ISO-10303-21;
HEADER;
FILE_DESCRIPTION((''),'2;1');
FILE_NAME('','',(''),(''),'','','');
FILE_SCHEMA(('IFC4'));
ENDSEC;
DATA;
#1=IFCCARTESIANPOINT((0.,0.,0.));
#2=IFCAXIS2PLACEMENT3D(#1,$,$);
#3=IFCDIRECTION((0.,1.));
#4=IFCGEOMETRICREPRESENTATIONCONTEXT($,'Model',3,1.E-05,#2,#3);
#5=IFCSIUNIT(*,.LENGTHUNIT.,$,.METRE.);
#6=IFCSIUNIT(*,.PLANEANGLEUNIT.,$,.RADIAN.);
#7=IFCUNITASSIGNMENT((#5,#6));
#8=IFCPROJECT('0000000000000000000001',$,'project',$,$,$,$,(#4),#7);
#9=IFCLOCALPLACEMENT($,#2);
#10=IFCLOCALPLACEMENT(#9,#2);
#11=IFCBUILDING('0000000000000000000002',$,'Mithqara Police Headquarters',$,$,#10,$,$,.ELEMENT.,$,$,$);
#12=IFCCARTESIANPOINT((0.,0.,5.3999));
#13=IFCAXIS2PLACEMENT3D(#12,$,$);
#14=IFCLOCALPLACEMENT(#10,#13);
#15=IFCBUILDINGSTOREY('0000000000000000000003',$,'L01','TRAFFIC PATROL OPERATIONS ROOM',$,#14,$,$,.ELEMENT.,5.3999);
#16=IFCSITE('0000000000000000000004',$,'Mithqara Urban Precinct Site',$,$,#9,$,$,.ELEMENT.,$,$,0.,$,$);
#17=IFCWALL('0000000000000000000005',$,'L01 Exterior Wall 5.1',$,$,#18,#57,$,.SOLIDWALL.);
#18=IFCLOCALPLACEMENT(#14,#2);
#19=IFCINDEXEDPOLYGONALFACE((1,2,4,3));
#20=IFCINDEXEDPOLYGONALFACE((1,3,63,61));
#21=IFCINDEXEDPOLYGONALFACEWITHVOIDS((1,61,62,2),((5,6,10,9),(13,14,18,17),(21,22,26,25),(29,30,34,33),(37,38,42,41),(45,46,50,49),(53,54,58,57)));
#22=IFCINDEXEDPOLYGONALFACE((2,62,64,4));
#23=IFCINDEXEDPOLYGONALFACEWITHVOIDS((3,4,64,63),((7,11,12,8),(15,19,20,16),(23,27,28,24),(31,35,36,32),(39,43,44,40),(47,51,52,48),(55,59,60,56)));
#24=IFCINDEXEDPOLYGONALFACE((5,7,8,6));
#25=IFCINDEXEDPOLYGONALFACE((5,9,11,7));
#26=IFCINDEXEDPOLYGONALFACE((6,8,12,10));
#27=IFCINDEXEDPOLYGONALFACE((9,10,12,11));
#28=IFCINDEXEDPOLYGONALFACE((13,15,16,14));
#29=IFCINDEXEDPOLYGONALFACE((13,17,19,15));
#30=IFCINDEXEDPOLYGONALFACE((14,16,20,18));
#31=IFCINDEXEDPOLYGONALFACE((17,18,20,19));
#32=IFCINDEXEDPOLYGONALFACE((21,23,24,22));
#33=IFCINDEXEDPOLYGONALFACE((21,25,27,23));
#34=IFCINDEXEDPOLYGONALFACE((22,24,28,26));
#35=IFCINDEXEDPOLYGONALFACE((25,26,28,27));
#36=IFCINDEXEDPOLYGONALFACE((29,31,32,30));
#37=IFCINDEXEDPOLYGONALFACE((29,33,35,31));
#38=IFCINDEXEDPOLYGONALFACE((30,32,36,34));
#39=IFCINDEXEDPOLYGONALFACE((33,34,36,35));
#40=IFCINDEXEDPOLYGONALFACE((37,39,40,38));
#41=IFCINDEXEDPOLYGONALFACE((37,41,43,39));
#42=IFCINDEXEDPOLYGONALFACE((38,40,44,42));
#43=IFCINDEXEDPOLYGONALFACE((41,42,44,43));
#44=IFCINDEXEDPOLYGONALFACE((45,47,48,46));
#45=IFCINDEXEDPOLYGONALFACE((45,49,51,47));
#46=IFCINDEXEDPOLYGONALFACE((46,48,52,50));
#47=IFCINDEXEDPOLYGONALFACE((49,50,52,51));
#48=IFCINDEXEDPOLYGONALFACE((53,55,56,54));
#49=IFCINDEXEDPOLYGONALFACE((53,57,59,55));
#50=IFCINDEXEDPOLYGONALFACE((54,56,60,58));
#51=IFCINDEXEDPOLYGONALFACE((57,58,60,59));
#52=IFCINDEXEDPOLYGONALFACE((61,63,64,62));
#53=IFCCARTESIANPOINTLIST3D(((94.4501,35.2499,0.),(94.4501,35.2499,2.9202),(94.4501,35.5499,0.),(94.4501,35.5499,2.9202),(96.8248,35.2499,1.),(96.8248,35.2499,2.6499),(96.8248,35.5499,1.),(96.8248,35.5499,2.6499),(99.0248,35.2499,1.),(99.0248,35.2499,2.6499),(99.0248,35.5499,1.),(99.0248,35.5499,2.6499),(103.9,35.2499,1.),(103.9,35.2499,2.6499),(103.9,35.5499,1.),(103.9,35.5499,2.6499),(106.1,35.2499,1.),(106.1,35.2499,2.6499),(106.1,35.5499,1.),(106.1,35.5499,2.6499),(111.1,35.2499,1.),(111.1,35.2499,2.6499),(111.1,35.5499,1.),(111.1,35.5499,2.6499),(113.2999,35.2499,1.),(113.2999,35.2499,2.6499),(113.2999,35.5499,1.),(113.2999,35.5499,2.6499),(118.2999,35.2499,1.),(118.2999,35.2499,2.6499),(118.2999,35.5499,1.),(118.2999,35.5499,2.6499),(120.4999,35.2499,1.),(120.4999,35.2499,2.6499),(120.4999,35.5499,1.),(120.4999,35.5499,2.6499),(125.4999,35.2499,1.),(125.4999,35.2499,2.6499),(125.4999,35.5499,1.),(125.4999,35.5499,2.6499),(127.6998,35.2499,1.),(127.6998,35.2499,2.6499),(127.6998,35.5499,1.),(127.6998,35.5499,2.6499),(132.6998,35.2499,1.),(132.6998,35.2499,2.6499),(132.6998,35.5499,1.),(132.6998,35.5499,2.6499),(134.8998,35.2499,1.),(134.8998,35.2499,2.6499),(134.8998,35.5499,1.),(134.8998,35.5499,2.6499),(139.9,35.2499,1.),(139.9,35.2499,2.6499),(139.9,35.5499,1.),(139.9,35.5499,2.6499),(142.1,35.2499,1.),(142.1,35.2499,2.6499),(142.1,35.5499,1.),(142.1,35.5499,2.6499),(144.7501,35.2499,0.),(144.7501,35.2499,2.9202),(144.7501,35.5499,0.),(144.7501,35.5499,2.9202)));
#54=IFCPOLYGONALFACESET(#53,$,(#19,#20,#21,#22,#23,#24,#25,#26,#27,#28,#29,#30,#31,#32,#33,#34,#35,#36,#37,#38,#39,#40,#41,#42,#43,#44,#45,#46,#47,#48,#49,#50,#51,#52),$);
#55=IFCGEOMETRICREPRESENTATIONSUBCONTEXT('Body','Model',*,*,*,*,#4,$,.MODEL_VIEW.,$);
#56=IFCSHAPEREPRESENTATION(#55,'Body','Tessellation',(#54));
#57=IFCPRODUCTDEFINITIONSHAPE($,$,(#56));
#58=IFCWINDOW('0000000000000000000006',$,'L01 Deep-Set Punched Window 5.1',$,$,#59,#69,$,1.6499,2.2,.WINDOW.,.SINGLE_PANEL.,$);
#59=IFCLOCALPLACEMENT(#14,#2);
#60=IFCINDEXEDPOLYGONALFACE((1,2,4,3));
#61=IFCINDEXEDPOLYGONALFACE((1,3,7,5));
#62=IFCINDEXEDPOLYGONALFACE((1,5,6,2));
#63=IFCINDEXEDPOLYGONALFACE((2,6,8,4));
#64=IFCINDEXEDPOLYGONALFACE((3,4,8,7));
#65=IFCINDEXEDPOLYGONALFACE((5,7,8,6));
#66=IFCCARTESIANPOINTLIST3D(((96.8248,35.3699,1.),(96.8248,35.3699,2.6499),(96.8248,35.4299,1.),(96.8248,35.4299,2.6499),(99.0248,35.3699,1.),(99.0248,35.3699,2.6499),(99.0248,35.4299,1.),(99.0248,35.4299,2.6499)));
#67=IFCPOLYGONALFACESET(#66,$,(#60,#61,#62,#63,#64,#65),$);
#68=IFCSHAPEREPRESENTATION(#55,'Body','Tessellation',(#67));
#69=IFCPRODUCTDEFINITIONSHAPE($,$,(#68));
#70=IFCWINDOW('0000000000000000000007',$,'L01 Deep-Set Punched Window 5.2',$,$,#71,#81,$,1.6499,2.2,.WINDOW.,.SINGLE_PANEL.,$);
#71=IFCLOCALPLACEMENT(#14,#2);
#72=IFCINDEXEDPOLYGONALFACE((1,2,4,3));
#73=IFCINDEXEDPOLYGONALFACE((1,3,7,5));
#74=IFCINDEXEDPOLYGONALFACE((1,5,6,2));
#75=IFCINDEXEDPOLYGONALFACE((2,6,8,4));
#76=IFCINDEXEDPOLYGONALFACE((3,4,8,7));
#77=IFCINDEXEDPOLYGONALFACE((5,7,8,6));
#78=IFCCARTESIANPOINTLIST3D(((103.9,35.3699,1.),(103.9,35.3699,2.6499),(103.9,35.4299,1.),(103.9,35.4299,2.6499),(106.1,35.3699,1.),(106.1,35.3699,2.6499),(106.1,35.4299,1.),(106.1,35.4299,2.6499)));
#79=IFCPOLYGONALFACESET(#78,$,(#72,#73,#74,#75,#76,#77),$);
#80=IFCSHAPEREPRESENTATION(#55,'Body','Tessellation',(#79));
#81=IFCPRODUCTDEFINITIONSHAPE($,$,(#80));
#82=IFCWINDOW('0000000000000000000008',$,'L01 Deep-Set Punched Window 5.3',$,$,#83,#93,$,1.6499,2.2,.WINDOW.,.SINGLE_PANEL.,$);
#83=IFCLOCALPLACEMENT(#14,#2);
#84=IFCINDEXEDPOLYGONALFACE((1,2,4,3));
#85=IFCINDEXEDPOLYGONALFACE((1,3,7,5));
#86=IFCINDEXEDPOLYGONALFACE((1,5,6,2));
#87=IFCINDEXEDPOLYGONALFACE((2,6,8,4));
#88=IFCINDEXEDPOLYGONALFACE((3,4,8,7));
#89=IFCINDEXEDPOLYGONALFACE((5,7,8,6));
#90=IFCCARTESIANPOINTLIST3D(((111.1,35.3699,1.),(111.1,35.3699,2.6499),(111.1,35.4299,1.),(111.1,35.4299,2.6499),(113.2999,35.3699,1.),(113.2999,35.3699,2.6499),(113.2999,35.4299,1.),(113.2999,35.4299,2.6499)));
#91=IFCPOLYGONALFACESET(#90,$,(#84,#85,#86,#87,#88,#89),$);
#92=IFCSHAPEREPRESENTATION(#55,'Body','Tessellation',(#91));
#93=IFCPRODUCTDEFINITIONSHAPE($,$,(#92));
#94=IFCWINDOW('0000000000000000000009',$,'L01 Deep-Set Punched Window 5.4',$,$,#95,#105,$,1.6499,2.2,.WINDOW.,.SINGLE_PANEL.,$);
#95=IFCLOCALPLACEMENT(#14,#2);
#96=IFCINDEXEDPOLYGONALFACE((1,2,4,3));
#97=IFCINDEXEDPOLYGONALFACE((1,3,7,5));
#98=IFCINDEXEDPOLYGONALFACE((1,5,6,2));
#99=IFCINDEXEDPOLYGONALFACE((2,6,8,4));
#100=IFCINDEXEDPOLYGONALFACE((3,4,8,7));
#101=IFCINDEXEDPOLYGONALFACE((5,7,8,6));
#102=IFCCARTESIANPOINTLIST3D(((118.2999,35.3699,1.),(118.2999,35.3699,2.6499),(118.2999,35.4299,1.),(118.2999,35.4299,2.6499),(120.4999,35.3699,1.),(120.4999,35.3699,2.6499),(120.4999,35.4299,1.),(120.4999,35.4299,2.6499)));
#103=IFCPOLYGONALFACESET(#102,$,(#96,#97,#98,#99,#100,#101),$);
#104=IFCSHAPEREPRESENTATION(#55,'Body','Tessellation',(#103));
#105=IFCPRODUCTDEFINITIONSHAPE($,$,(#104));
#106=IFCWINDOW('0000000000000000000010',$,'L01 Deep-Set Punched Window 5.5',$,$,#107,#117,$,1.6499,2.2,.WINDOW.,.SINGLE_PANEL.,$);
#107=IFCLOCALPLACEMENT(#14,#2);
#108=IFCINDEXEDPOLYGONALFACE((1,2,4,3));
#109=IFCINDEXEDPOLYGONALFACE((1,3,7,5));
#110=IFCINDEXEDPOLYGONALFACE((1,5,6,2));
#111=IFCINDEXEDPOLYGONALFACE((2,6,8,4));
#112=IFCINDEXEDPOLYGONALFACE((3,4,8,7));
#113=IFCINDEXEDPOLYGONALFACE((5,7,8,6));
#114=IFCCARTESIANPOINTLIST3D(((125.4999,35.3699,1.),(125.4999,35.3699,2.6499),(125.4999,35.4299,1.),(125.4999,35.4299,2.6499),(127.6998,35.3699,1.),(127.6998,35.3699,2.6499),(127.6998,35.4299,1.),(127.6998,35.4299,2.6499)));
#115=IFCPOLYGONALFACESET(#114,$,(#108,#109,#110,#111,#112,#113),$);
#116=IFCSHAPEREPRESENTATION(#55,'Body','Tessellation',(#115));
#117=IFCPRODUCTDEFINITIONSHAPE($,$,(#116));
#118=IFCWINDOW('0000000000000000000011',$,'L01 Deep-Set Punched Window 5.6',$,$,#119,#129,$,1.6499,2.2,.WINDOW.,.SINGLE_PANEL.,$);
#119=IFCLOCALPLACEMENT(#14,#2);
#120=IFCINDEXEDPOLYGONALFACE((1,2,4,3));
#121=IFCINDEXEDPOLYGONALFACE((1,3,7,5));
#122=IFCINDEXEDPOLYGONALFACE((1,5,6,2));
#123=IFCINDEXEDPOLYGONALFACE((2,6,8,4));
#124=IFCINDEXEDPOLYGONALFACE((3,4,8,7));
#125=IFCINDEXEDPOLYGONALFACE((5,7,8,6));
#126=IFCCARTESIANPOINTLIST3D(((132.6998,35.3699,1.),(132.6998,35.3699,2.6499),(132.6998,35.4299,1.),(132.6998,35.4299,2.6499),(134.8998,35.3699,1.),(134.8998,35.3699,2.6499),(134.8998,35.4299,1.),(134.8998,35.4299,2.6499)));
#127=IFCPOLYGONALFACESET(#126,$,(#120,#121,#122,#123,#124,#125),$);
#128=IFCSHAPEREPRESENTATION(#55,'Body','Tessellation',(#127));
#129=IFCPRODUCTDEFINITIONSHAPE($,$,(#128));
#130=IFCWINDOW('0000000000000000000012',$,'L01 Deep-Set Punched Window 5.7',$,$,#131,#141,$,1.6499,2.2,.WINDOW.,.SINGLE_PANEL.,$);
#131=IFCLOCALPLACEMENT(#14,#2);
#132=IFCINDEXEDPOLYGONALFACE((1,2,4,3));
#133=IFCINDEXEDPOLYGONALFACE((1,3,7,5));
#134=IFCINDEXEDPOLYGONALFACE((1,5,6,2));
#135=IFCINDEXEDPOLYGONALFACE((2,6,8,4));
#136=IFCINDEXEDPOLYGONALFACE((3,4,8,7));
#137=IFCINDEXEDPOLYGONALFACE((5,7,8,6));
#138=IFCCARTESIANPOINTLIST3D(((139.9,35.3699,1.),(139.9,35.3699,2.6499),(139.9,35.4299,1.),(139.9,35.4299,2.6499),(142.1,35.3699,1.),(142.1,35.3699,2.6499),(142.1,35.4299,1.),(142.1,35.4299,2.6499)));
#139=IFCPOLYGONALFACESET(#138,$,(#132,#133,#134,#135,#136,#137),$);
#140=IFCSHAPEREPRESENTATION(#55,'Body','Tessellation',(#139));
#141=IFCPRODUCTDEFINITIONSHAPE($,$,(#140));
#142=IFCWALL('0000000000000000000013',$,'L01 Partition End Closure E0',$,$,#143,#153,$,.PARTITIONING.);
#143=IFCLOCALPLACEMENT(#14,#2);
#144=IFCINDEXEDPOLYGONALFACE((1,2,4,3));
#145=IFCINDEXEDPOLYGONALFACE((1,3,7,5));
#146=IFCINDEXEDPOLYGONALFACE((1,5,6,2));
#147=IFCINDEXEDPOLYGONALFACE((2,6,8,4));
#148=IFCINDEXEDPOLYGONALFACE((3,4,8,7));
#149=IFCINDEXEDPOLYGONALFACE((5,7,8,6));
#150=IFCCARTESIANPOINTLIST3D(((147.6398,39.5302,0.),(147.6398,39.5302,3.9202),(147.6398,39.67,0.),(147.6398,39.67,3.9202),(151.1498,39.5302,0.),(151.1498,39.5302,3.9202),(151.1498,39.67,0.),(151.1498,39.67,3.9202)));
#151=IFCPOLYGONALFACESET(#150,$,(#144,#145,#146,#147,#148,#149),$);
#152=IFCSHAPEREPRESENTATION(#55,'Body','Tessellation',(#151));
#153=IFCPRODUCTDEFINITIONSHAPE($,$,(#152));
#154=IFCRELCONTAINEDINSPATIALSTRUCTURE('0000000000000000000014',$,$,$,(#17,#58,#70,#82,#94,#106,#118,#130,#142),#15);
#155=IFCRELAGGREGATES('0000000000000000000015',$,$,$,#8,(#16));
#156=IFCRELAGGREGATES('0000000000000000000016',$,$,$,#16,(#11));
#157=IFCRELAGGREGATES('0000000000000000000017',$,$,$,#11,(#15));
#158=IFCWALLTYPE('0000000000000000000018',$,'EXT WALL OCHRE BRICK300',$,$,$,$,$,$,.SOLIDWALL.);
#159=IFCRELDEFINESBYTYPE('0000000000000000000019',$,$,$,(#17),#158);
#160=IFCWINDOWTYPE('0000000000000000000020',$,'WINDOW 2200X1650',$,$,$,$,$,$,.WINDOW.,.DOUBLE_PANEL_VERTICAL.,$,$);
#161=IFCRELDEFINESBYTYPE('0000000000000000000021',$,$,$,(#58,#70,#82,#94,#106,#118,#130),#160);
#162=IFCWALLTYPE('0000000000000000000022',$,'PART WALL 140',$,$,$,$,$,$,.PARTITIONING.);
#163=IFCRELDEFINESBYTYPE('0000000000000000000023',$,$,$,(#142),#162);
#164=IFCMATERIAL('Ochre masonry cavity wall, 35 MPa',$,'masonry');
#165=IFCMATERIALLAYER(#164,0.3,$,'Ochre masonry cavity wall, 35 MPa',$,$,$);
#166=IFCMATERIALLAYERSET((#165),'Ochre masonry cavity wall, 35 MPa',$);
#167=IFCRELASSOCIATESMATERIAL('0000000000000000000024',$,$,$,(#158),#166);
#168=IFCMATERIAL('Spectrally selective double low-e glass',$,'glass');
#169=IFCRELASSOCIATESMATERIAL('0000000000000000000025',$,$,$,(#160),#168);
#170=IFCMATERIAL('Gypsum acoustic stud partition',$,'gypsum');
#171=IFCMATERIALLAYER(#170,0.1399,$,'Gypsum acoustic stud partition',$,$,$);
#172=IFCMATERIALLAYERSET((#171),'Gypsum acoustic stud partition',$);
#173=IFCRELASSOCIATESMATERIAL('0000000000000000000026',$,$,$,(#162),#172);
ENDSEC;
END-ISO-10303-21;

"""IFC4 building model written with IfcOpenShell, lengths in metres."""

from ifc_helpers import new_model, si_unit, direction, frame, frame_2d, origin, place, context, subcontext, project, spatial, rectangle, extrude, material, layer, layer_set, type_object, element, fill, save


model = new_model("IFC4")

# Units and contexts
model_context = context("Model", 3, precision=1e-05, world=origin(), true_north=direction((0.0, 1.0)))
body_context = subcontext(model_context, "Body", "Model", "MODEL_VIEW")
ifc_project = project(units=[si_unit("LENGTHUNIT", "METRE"), si_unit("PLANEANGLEUNIT", "RADIAN")], contexts=[model_context])

# Site, building, storey
site_placement = place(None, origin())
site = spatial("IfcSite", under=ifc_project, at=site_placement, Name="Mithqara Urban Precinct Site", CompositionType="ELEMENT", RefElevation=0.0)
building_placement = place(site_placement, origin())
building = spatial("IfcBuilding", under=site, at=building_placement, Name="Mithqara Police Headquarters", CompositionType="ELEMENT")
storey_placement = place(building_placement, frame((0.0, 0.0, 5.3999)))
storey = spatial("IfcBuildingStorey", under=building, at=storey_placement, Name="L01", Description="TRAFFIC PATROL OPERATIONS ROOM", CompositionType="ELEMENT", Elevation=5.3999)

# Wall, openings, windows
ifc_material_1 = material(Name="Ochre masonry cavity wall, 35 MPa", Category="masonry")
ifc_layer_1 = layer(ifc_material_1, 0.3, Name="Ochre masonry cavity wall, 35 MPa")
ifc_layer_set_1 = layer_set([ifc_layer_1], Name="Ochre masonry cavity wall, 35 MPa")
wall_type_1 = type_object("IfcWallType", Name="EXT WALL OCHRE BRICK300", PredefinedType="SOLIDWALL", material=ifc_layer_set_1)
wall_1_placement = place(storey_placement, frame((144.75, 35.3999, 0.0), z_axis=(0.0, 0.0, 1.0), x_axis=(-1.0, 0.0, 0.0)))
wall_1 = element("IfcWall", 1, at=wall_1_placement, inside=storey, type_object=wall_type_1, Name="L01 Exterior Wall 5.1", PredefinedType="SOLIDWALL", context=body_context, shape_type="SweptSolid", body=[
    extrude(rectangle(XDim=50.3, YDim=0.3, at=frame_2d((25.1499, 0.0))), origin(), (0.0, 0.0, 1.0), 2.9202),
])
opening_1_placement = place(wall_1_placement, frame((45.7251, 0.0, 1.0)))
opening_1 = element("IfcOpeningElement", 2, at=opening_1_placement, cuts=wall_1, PredefinedType="OPENING", context=body_context, shape_type="SweptSolid", body=[
    extrude(rectangle(XDim=2.2, YDim=1.6499, at=frame_2d((1.1001, 0.825))), frame((0.0, 0.1602, 0.0), z_axis=(0.0, -1.0, 0.0), x_axis=(1.0, 0.0, 0.0)), (0.0, 0.0, 1.0), 0.3201),
])
opening_2_placement = place(wall_1_placement, frame((38.6499, 0.0, 1.0)))
opening_2 = element("IfcOpeningElement", 3, at=opening_2_placement, cuts=wall_1, PredefinedType="OPENING", context=body_context, shape_type="SweptSolid", body=[
    extrude(rectangle(XDim=2.2, YDim=1.6499, at=frame_2d((1.1001, 0.825))), frame((0.0, 0.1602, 0.0), z_axis=(0.0, -1.0, 0.0), x_axis=(1.0, 0.0, 0.0)), (0.0, 0.0, 1.0), 0.3201),
])
opening_3_placement = place(wall_1_placement, frame((31.45, 0.0, 1.0)))
opening_3 = element("IfcOpeningElement", 4, at=opening_3_placement, cuts=wall_1, PredefinedType="OPENING", context=body_context, shape_type="SweptSolid", body=[
    extrude(rectangle(XDim=2.2, YDim=1.6499, at=frame_2d((1.1001, 0.825))), frame((0.0, 0.1602, 0.0), z_axis=(0.0, -1.0, 0.0), x_axis=(1.0, 0.0, 0.0)), (0.0, 0.0, 1.0), 0.3201),
])
opening_4_placement = place(wall_1_placement, frame((24.25, 0.0, 1.0)))
opening_4 = element("IfcOpeningElement", 5, at=opening_4_placement, cuts=wall_1, PredefinedType="OPENING", context=body_context, shape_type="SweptSolid", body=[
    extrude(rectangle(XDim=2.2, YDim=1.6499, at=frame_2d((1.1001, 0.825))), frame((0.0, 0.1602, 0.0), z_axis=(0.0, -1.0, 0.0), x_axis=(1.0, 0.0, 0.0)), (0.0, 0.0, 1.0), 0.3201),
])
opening_5_placement = place(wall_1_placement, frame((17.05, 0.0, 1.0)))
opening_5 = element("IfcOpeningElement", 6, at=opening_5_placement, cuts=wall_1, PredefinedType="OPENING", context=body_context, shape_type="SweptSolid", body=[
    extrude(rectangle(XDim=2.2, YDim=1.6499, at=frame_2d((1.1001, 0.825))), frame((0.0, 0.1602, 0.0), z_axis=(0.0, -1.0, 0.0), x_axis=(1.0, 0.0, 0.0)), (0.0, 0.0, 1.0), 0.3201),
])
opening_6_placement = place(wall_1_placement, frame((9.8501, 0.0, 1.0)))
opening_6 = element("IfcOpeningElement", 7, at=opening_6_placement, cuts=wall_1, PredefinedType="OPENING", context=body_context, shape_type="SweptSolid", body=[
    extrude(rectangle(XDim=2.2, YDim=1.6499, at=frame_2d((1.1001, 0.825))), frame((0.0, 0.1602, 0.0), z_axis=(0.0, -1.0, 0.0), x_axis=(1.0, 0.0, 0.0)), (0.0, 0.0, 1.0), 0.3201),
])
opening_7_placement = place(wall_1_placement, frame((2.6499, 0.0, 1.0)))
opening_7 = element("IfcOpeningElement", 8, at=opening_7_placement, cuts=wall_1, PredefinedType="OPENING", context=body_context, shape_type="SweptSolid", body=[
    extrude(rectangle(XDim=2.2, YDim=1.6499, at=frame_2d((1.1001, 0.825))), frame((0.0, 0.1602, 0.0), z_axis=(0.0, -1.0, 0.0), x_axis=(1.0, 0.0, 0.0)), (0.0, 0.0, 1.0), 0.3201),
])
ifc_material_2 = material(Name="Spectrally selective double low-e glass", Category="glass")
window_type = type_object("IfcWindowType", Name="WINDOW 2200X1650", PartitioningType="DOUBLE_PANEL_VERTICAL", PredefinedType="WINDOW", material=ifc_material_2)
window_1_placement = place(opening_1_placement, origin())
window_1 = element("IfcWindow", 9, at=window_1_placement, inside=storey, type_object=window_type, Name="L01 Deep-Set Punched Window 5.1", OverallHeight=1.6499, OverallWidth=2.2, PartitioningType="SINGLE_PANEL", PredefinedType="WINDOW", context=body_context, shape_type="SweptSolid", body=[
    extrude(rectangle(XDim=2.2, YDim=1.6499, at=frame_2d((1.1001, 0.825))), frame((0.0, 0.03, 0.0), z_axis=(0.0, -1.0, 0.0), x_axis=(1.0, 0.0, 0.0)), (0.0, 0.0, 1.0), 0.0601),
])
fill(opening_1, window_1)
window_2_placement = place(opening_2_placement, origin())
window_2 = element("IfcWindow", 10, at=window_2_placement, inside=storey, type_object=window_type, Name="L01 Deep-Set Punched Window 5.2", OverallHeight=1.6499, OverallWidth=2.2, PartitioningType="SINGLE_PANEL", PredefinedType="WINDOW", context=body_context, shape_type="SweptSolid", body=[
    extrude(rectangle(XDim=2.2, YDim=1.6499, at=frame_2d((1.1001, 0.825))), frame((0.0, 0.03, 0.0), z_axis=(0.0, -1.0, 0.0), x_axis=(1.0, 0.0, 0.0)), (0.0, 0.0, 1.0), 0.0601),
])
fill(opening_2, window_2)
window_3_placement = place(opening_3_placement, origin())
window_3 = element("IfcWindow", 11, at=window_3_placement, inside=storey, type_object=window_type, Name="L01 Deep-Set Punched Window 5.3", OverallHeight=1.6499, OverallWidth=2.2, PartitioningType="SINGLE_PANEL", PredefinedType="WINDOW", context=body_context, shape_type="SweptSolid", body=[
    extrude(rectangle(XDim=2.2, YDim=1.6499, at=frame_2d((1.1001, 0.825))), frame((0.0, 0.03, 0.0), z_axis=(0.0, -1.0, 0.0), x_axis=(1.0, 0.0, 0.0)), (0.0, 0.0, 1.0), 0.0601),
])
fill(opening_3, window_3)
window_4_placement = place(opening_4_placement, origin())
window_4 = element("IfcWindow", 12, at=window_4_placement, inside=storey, type_object=window_type, Name="L01 Deep-Set Punched Window 5.4", OverallHeight=1.6499, OverallWidth=2.2, PartitioningType="SINGLE_PANEL", PredefinedType="WINDOW", context=body_context, shape_type="SweptSolid", body=[
    extrude(rectangle(XDim=2.2, YDim=1.6499, at=frame_2d((1.1001, 0.825))), frame((0.0, 0.03, 0.0), z_axis=(0.0, -1.0, 0.0), x_axis=(1.0, 0.0, 0.0)), (0.0, 0.0, 1.0), 0.0601),
])
fill(opening_4, window_4)
window_5_placement = place(opening_5_placement, origin())
window_5 = element("IfcWindow", 13, at=window_5_placement, inside=storey, type_object=window_type, Name="L01 Deep-Set Punched Window 5.5", OverallHeight=1.6499, OverallWidth=2.2, PartitioningType="SINGLE_PANEL", PredefinedType="WINDOW", context=body_context, shape_type="SweptSolid", body=[
    extrude(rectangle(XDim=2.2, YDim=1.6499, at=frame_2d((1.1001, 0.825))), frame((0.0, 0.03, 0.0), z_axis=(0.0, -1.0, 0.0), x_axis=(1.0, 0.0, 0.0)), (0.0, 0.0, 1.0), 0.0601),
])
fill(opening_5, window_5)
window_6_placement = place(opening_6_placement, origin())
window_6 = element("IfcWindow", 14, at=window_6_placement, inside=storey, type_object=window_type, Name="L01 Deep-Set Punched Window 5.6", OverallHeight=1.6499, OverallWidth=2.2, PartitioningType="SINGLE_PANEL", PredefinedType="WINDOW", context=body_context, shape_type="SweptSolid", body=[
    extrude(rectangle(XDim=2.2, YDim=1.6499, at=frame_2d((1.1001, 0.825))), frame((0.0, 0.03, 0.0), z_axis=(0.0, -1.0, 0.0), x_axis=(1.0, 0.0, 0.0)), (0.0, 0.0, 1.0), 0.0601),
])
fill(opening_6, window_6)
window_7_placement = place(opening_7_placement, origin())
window_7 = element("IfcWindow", 15, at=window_7_placement, inside=storey, type_object=window_type, Name="L01 Deep-Set Punched Window 5.7", OverallHeight=1.6499, OverallWidth=2.2, PartitioningType="SINGLE_PANEL", PredefinedType="WINDOW", context=body_context, shape_type="SweptSolid", body=[
    extrude(rectangle(XDim=2.2, YDim=1.6499, at=frame_2d((1.1001, 0.825))), frame((0.0, 0.03, 0.0), z_axis=(0.0, -1.0, 0.0), x_axis=(1.0, 0.0, 0.0)), (0.0, 0.0, 1.0), 0.0601),
])
fill(opening_7, window_7)

# Wall
ifc_material_3 = material(Name="Gypsum acoustic stud partition", Category="gypsum")
ifc_layer_2 = layer(ifc_material_3, 0.1399, Name="Gypsum acoustic stud partition")
ifc_layer_set_2 = layer_set([ifc_layer_2], Name="Gypsum acoustic stud partition")
wall_type_2 = type_object("IfcWallType", Name="PART WALL 140", PredefinedType="PARTITIONING", material=ifc_layer_set_2)
wall_2_placement = place(storey_placement, frame((147.6399, 39.6001, 0.0), z_axis=(0.0, 0.0, 1.0), x_axis=(1.0, 0.0, 0.0)))
element("IfcWall", 16, at=wall_2_placement, inside=storey, type_object=wall_type_2, Name="L01 Partition End Closure E0", PredefinedType="PARTITIONING", context=body_context, shape_type="SweptSolid", body=[
    extrude(rectangle(XDim=3.51, YDim=0.1399, at=frame_2d((1.7549, 0.0))), origin(), (0.0, 0.0, 1.0), 3.9202),
])

save(model, "model.ifc")
